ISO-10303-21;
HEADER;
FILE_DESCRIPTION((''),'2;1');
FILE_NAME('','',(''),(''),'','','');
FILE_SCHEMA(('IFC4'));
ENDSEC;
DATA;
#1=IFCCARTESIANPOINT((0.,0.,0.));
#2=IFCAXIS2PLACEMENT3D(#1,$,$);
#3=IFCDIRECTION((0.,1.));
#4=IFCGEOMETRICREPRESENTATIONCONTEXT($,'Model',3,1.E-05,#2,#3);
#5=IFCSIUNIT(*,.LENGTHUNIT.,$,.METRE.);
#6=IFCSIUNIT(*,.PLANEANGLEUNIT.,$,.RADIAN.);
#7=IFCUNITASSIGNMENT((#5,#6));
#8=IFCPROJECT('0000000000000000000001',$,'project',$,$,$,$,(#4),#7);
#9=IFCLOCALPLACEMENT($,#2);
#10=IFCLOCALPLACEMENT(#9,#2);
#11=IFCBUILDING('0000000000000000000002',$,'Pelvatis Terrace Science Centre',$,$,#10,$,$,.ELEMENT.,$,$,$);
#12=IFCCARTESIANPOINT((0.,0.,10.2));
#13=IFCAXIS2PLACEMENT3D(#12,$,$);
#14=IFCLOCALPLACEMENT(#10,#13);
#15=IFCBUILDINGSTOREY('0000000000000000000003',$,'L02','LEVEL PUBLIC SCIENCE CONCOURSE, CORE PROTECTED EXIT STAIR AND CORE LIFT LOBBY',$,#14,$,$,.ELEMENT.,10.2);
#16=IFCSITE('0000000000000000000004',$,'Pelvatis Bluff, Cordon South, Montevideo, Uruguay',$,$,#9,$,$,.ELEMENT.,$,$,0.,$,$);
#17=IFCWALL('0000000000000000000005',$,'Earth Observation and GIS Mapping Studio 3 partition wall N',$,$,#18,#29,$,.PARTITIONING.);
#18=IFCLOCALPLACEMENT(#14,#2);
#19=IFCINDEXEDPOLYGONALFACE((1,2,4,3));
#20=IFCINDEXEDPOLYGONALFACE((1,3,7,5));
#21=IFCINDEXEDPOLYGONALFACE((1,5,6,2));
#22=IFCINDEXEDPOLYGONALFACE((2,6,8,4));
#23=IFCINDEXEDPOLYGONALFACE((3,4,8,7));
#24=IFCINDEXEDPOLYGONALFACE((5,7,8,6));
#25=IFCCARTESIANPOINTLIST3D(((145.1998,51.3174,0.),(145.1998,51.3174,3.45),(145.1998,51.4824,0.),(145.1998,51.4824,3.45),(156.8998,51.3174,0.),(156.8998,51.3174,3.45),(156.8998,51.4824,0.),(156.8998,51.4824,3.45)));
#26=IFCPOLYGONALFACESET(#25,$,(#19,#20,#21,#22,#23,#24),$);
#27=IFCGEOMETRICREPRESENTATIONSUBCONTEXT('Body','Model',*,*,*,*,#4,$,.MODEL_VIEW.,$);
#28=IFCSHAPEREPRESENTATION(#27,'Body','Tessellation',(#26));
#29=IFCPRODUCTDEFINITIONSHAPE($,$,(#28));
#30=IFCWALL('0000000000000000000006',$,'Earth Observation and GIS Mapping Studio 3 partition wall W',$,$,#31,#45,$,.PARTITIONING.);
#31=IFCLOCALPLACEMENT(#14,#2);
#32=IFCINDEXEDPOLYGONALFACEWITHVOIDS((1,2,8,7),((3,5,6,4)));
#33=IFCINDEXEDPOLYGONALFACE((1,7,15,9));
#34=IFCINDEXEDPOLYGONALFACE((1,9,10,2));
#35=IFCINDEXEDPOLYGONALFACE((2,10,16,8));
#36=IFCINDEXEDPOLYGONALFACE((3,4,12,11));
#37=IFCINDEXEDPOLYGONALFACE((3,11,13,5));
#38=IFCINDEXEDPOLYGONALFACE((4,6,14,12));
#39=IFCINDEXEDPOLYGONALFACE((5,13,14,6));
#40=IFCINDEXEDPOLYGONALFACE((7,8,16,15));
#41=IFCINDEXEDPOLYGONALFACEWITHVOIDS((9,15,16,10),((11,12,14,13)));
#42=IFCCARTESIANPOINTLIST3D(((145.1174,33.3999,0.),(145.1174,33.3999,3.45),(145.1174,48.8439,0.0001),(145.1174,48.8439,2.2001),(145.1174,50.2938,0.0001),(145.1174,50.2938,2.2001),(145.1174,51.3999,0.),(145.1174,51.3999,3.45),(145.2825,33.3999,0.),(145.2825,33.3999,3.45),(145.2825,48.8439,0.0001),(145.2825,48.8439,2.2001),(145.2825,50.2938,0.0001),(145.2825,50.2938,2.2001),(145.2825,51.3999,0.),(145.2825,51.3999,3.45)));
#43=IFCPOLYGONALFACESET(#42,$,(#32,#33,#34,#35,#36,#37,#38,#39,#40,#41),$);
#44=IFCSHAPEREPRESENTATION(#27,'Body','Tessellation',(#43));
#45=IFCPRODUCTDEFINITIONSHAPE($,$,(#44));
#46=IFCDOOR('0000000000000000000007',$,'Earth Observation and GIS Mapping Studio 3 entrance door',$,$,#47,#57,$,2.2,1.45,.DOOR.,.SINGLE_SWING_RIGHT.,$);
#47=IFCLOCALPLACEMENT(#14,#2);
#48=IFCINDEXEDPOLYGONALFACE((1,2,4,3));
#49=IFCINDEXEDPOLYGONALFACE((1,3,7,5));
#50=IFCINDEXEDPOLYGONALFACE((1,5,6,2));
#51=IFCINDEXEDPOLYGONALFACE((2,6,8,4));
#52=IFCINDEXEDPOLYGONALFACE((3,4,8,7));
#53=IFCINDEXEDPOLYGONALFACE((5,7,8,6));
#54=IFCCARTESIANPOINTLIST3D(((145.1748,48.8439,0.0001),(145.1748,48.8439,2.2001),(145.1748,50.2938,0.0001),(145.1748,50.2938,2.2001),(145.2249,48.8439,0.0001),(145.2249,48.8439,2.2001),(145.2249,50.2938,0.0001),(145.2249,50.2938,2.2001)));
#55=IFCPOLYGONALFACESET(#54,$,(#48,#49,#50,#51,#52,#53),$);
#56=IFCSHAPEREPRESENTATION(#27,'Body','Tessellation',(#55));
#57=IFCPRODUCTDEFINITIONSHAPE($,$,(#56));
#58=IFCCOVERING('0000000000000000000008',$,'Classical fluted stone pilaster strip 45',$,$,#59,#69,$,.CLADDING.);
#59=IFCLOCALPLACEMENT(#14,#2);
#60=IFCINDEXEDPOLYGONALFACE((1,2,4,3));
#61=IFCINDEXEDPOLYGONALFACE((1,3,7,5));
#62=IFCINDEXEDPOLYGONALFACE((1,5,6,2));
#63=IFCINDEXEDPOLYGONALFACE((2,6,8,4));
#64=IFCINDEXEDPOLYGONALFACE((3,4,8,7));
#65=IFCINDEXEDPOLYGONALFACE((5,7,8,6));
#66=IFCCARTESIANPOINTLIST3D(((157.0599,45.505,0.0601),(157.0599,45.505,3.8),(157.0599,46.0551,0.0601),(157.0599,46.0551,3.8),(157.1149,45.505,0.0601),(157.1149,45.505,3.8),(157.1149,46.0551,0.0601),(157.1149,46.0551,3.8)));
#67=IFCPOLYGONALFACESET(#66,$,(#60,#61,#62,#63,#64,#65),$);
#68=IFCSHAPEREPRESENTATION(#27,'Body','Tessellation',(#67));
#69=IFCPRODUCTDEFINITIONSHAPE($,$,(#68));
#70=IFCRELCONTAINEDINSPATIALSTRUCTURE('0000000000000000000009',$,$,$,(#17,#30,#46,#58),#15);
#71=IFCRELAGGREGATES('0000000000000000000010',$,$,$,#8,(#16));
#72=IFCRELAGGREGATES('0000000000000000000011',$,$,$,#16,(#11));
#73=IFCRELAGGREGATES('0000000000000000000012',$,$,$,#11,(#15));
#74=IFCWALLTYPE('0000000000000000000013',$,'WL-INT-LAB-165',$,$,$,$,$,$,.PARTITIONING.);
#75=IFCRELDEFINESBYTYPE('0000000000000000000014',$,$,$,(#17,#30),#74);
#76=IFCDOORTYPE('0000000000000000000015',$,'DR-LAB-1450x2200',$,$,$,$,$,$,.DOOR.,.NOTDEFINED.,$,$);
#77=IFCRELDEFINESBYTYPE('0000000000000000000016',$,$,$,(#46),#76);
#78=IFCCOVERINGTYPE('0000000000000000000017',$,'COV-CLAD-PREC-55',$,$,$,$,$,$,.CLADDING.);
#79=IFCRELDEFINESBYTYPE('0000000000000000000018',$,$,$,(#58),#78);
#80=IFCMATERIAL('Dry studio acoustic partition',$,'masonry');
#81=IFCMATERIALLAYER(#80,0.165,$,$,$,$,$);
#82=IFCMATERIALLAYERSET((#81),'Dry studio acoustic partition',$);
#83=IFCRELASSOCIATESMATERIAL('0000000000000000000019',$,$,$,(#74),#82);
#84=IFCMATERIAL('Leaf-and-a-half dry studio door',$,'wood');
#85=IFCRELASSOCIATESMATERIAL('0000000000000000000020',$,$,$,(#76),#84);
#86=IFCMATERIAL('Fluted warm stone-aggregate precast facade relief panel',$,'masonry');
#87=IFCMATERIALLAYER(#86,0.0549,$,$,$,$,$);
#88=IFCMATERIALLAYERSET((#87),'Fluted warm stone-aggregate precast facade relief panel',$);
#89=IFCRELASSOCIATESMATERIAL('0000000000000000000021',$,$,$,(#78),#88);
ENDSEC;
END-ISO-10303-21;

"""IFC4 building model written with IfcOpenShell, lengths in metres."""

from ifc_helpers import new_model, si_unit, direction, frame, frame_2d, origin, origin_2d, place, context, subcontext, project, spatial, rectangle, extrude, material, layer, layer_set, type_object, element, fill, save


model = new_model("IFC4")

# Units and contexts
model_context = context("Model", 3, precision=1e-05, world=origin(), true_north=direction((0.0, 1.0)))
body_context = subcontext(model_context, "Body", "Model", "MODEL_VIEW")
ifc_project = project(units=[si_unit("LENGTHUNIT", "METRE"), si_unit("PLANEANGLEUNIT", "RADIAN")], contexts=[model_context])

# Site, building, storey
site_placement = place(None, origin())
site = spatial("IfcSite", under=ifc_project, at=site_placement, Name="Pelvatis Bluff, Cordon South, Montevideo, Uruguay", CompositionType="ELEMENT", RefElevation=0.0)
building_placement = place(site_placement, origin())
building = spatial("IfcBuilding", under=site, at=building_placement, Name="Pelvatis Terrace Science Centre", CompositionType="ELEMENT")
storey_placement = place(building_placement, frame((0.0, 0.0, 10.2)))
storey = spatial("IfcBuildingStorey", under=building, at=storey_placement, Name="L02", Description="LEVEL PUBLIC SCIENCE CONCOURSE, CORE PROTECTED EXIT STAIR AND CORE LIFT LOBBY", CompositionType="ELEMENT", Elevation=10.2)

# Wall
ifc_material_1 = material(Name="Dry studio acoustic partition", Category="masonry")
ifc_layer_1 = layer(ifc_material_1, 0.165)
ifc_layer_set_1 = layer_set([ifc_layer_1], Name="Dry studio acoustic partition")
wall_type = type_object("IfcWallType", Name="WL-INT-LAB-165", PredefinedType="PARTITIONING", material=ifc_layer_set_1)
wall_1_placement = place(storey_placement, frame((156.8999, 51.3999, 0.0), z_axis=(0.0, 0.0, 1.0), x_axis=(-1.0, 0.0, 0.0)))
element("IfcWall", 1, at=wall_1_placement, inside=storey, type_object=wall_type, Name="Earth Observation and GIS Mapping Studio 3 partition wall N", PredefinedType="PARTITIONING", context=body_context, shape_type="SweptSolid", body=[
    extrude(rectangle(XDim=11.7, YDim=0.165, at=frame_2d((5.8501, 0.0))), origin(), (0.0, 0.0, 1.0), 3.45),
])

# Wall, opening, door
wall_2_placement = place(storey_placement, frame((145.2, 51.3999, 0.0), z_axis=(0.0, 0.0, 1.0), x_axis=(0.0, -1.0, 0.0)))
wall_2 = element("IfcWall", 2, at=wall_2_placement, inside=storey, type_object=wall_type, Name="Earth Observation and GIS Mapping Studio 3 partition wall W", PredefinedType="PARTITIONING", context=body_context, shape_type="SweptSolid", body=[
    extrude(rectangle(XDim=18.0, YDim=0.165, at=frame_2d((9.0, 0.0))), origin(), (0.0, 0.0, 1.0), 3.45),
])
opening_placement = place(wall_2_placement, frame((1.106, 0.0, 0.0)))
opening = element("IfcOpeningElement", 3, at=opening_placement, cuts=wall_2, PredefinedType="OPENING", context=body_context, shape_type="SweptSolid", body=[
    extrude(rectangle(XDim=1.45, YDim=2.2, at=frame_2d((0.7251, 1.1001))), frame((0.0, 0.0925, 0.0), z_axis=(0.0, -1.0, 0.0), x_axis=(1.0, 0.0, 0.0)), (0.0, 0.0, 1.0), 0.1851),
])
ifc_material_2 = material(Name="Leaf-and-a-half dry studio door", Category="wood")
door_type = type_object("IfcDoorType", Name="DR-LAB-1450x2200", OperationType="NOTDEFINED", PredefinedType="DOOR", material=ifc_material_2)
door_placement = place(opening_placement, origin())
door = element("IfcDoor", 4, at=door_placement, inside=storey, type_object=door_type, Name="Earth Observation and GIS Mapping Studio 3 entrance door", OperationType="SINGLE_SWING_RIGHT", OverallHeight=2.2, OverallWidth=1.45, PredefinedType="DOOR", context=body_context, shape_type="SweptSolid", body=[
    extrude(rectangle(XDim=1.45, YDim=2.2, at=frame_2d((0.7251, 1.1001))), frame((0.0, 0.0249, 0.0), z_axis=(0.0, -1.0, 0.0), x_axis=(1.0, 0.0, 0.0)), (0.0, 0.0, 1.0), 0.05),
])
fill(opening, door)

# Covering
ifc_material_3 = material(Name="Fluted warm stone-aggregate precast facade relief panel", Category="masonry")
ifc_layer_2 = layer(ifc_material_3, 0.0549)
ifc_layer_set_2 = layer_set([ifc_layer_2], Name="Fluted warm stone-aggregate precast facade relief panel")
covering_type = type_object("IfcCoveringType", Name="COV-CLAD-PREC-55", PredefinedType="CLADDING", material=ifc_layer_set_2)
covering_placement = place(storey_placement, frame((157.0874, 45.78, 0.0601), z_axis=(0.0, 0.0, 1.0), x_axis=(1.0, 0.0, 0.0)))
element("IfcCovering", 5, at=covering_placement, inside=storey, type_object=covering_type, Name="Classical fluted stone pilaster strip 45", PredefinedType="CLADDING", context=body_context, shape_type="SweptSolid", body=[
    extrude(rectangle(XDim=0.0549, YDim=0.55, at=origin_2d()), origin(), (0.0, 0.0, 1.0), 3.74),
])

save(model, "model.ifc")
